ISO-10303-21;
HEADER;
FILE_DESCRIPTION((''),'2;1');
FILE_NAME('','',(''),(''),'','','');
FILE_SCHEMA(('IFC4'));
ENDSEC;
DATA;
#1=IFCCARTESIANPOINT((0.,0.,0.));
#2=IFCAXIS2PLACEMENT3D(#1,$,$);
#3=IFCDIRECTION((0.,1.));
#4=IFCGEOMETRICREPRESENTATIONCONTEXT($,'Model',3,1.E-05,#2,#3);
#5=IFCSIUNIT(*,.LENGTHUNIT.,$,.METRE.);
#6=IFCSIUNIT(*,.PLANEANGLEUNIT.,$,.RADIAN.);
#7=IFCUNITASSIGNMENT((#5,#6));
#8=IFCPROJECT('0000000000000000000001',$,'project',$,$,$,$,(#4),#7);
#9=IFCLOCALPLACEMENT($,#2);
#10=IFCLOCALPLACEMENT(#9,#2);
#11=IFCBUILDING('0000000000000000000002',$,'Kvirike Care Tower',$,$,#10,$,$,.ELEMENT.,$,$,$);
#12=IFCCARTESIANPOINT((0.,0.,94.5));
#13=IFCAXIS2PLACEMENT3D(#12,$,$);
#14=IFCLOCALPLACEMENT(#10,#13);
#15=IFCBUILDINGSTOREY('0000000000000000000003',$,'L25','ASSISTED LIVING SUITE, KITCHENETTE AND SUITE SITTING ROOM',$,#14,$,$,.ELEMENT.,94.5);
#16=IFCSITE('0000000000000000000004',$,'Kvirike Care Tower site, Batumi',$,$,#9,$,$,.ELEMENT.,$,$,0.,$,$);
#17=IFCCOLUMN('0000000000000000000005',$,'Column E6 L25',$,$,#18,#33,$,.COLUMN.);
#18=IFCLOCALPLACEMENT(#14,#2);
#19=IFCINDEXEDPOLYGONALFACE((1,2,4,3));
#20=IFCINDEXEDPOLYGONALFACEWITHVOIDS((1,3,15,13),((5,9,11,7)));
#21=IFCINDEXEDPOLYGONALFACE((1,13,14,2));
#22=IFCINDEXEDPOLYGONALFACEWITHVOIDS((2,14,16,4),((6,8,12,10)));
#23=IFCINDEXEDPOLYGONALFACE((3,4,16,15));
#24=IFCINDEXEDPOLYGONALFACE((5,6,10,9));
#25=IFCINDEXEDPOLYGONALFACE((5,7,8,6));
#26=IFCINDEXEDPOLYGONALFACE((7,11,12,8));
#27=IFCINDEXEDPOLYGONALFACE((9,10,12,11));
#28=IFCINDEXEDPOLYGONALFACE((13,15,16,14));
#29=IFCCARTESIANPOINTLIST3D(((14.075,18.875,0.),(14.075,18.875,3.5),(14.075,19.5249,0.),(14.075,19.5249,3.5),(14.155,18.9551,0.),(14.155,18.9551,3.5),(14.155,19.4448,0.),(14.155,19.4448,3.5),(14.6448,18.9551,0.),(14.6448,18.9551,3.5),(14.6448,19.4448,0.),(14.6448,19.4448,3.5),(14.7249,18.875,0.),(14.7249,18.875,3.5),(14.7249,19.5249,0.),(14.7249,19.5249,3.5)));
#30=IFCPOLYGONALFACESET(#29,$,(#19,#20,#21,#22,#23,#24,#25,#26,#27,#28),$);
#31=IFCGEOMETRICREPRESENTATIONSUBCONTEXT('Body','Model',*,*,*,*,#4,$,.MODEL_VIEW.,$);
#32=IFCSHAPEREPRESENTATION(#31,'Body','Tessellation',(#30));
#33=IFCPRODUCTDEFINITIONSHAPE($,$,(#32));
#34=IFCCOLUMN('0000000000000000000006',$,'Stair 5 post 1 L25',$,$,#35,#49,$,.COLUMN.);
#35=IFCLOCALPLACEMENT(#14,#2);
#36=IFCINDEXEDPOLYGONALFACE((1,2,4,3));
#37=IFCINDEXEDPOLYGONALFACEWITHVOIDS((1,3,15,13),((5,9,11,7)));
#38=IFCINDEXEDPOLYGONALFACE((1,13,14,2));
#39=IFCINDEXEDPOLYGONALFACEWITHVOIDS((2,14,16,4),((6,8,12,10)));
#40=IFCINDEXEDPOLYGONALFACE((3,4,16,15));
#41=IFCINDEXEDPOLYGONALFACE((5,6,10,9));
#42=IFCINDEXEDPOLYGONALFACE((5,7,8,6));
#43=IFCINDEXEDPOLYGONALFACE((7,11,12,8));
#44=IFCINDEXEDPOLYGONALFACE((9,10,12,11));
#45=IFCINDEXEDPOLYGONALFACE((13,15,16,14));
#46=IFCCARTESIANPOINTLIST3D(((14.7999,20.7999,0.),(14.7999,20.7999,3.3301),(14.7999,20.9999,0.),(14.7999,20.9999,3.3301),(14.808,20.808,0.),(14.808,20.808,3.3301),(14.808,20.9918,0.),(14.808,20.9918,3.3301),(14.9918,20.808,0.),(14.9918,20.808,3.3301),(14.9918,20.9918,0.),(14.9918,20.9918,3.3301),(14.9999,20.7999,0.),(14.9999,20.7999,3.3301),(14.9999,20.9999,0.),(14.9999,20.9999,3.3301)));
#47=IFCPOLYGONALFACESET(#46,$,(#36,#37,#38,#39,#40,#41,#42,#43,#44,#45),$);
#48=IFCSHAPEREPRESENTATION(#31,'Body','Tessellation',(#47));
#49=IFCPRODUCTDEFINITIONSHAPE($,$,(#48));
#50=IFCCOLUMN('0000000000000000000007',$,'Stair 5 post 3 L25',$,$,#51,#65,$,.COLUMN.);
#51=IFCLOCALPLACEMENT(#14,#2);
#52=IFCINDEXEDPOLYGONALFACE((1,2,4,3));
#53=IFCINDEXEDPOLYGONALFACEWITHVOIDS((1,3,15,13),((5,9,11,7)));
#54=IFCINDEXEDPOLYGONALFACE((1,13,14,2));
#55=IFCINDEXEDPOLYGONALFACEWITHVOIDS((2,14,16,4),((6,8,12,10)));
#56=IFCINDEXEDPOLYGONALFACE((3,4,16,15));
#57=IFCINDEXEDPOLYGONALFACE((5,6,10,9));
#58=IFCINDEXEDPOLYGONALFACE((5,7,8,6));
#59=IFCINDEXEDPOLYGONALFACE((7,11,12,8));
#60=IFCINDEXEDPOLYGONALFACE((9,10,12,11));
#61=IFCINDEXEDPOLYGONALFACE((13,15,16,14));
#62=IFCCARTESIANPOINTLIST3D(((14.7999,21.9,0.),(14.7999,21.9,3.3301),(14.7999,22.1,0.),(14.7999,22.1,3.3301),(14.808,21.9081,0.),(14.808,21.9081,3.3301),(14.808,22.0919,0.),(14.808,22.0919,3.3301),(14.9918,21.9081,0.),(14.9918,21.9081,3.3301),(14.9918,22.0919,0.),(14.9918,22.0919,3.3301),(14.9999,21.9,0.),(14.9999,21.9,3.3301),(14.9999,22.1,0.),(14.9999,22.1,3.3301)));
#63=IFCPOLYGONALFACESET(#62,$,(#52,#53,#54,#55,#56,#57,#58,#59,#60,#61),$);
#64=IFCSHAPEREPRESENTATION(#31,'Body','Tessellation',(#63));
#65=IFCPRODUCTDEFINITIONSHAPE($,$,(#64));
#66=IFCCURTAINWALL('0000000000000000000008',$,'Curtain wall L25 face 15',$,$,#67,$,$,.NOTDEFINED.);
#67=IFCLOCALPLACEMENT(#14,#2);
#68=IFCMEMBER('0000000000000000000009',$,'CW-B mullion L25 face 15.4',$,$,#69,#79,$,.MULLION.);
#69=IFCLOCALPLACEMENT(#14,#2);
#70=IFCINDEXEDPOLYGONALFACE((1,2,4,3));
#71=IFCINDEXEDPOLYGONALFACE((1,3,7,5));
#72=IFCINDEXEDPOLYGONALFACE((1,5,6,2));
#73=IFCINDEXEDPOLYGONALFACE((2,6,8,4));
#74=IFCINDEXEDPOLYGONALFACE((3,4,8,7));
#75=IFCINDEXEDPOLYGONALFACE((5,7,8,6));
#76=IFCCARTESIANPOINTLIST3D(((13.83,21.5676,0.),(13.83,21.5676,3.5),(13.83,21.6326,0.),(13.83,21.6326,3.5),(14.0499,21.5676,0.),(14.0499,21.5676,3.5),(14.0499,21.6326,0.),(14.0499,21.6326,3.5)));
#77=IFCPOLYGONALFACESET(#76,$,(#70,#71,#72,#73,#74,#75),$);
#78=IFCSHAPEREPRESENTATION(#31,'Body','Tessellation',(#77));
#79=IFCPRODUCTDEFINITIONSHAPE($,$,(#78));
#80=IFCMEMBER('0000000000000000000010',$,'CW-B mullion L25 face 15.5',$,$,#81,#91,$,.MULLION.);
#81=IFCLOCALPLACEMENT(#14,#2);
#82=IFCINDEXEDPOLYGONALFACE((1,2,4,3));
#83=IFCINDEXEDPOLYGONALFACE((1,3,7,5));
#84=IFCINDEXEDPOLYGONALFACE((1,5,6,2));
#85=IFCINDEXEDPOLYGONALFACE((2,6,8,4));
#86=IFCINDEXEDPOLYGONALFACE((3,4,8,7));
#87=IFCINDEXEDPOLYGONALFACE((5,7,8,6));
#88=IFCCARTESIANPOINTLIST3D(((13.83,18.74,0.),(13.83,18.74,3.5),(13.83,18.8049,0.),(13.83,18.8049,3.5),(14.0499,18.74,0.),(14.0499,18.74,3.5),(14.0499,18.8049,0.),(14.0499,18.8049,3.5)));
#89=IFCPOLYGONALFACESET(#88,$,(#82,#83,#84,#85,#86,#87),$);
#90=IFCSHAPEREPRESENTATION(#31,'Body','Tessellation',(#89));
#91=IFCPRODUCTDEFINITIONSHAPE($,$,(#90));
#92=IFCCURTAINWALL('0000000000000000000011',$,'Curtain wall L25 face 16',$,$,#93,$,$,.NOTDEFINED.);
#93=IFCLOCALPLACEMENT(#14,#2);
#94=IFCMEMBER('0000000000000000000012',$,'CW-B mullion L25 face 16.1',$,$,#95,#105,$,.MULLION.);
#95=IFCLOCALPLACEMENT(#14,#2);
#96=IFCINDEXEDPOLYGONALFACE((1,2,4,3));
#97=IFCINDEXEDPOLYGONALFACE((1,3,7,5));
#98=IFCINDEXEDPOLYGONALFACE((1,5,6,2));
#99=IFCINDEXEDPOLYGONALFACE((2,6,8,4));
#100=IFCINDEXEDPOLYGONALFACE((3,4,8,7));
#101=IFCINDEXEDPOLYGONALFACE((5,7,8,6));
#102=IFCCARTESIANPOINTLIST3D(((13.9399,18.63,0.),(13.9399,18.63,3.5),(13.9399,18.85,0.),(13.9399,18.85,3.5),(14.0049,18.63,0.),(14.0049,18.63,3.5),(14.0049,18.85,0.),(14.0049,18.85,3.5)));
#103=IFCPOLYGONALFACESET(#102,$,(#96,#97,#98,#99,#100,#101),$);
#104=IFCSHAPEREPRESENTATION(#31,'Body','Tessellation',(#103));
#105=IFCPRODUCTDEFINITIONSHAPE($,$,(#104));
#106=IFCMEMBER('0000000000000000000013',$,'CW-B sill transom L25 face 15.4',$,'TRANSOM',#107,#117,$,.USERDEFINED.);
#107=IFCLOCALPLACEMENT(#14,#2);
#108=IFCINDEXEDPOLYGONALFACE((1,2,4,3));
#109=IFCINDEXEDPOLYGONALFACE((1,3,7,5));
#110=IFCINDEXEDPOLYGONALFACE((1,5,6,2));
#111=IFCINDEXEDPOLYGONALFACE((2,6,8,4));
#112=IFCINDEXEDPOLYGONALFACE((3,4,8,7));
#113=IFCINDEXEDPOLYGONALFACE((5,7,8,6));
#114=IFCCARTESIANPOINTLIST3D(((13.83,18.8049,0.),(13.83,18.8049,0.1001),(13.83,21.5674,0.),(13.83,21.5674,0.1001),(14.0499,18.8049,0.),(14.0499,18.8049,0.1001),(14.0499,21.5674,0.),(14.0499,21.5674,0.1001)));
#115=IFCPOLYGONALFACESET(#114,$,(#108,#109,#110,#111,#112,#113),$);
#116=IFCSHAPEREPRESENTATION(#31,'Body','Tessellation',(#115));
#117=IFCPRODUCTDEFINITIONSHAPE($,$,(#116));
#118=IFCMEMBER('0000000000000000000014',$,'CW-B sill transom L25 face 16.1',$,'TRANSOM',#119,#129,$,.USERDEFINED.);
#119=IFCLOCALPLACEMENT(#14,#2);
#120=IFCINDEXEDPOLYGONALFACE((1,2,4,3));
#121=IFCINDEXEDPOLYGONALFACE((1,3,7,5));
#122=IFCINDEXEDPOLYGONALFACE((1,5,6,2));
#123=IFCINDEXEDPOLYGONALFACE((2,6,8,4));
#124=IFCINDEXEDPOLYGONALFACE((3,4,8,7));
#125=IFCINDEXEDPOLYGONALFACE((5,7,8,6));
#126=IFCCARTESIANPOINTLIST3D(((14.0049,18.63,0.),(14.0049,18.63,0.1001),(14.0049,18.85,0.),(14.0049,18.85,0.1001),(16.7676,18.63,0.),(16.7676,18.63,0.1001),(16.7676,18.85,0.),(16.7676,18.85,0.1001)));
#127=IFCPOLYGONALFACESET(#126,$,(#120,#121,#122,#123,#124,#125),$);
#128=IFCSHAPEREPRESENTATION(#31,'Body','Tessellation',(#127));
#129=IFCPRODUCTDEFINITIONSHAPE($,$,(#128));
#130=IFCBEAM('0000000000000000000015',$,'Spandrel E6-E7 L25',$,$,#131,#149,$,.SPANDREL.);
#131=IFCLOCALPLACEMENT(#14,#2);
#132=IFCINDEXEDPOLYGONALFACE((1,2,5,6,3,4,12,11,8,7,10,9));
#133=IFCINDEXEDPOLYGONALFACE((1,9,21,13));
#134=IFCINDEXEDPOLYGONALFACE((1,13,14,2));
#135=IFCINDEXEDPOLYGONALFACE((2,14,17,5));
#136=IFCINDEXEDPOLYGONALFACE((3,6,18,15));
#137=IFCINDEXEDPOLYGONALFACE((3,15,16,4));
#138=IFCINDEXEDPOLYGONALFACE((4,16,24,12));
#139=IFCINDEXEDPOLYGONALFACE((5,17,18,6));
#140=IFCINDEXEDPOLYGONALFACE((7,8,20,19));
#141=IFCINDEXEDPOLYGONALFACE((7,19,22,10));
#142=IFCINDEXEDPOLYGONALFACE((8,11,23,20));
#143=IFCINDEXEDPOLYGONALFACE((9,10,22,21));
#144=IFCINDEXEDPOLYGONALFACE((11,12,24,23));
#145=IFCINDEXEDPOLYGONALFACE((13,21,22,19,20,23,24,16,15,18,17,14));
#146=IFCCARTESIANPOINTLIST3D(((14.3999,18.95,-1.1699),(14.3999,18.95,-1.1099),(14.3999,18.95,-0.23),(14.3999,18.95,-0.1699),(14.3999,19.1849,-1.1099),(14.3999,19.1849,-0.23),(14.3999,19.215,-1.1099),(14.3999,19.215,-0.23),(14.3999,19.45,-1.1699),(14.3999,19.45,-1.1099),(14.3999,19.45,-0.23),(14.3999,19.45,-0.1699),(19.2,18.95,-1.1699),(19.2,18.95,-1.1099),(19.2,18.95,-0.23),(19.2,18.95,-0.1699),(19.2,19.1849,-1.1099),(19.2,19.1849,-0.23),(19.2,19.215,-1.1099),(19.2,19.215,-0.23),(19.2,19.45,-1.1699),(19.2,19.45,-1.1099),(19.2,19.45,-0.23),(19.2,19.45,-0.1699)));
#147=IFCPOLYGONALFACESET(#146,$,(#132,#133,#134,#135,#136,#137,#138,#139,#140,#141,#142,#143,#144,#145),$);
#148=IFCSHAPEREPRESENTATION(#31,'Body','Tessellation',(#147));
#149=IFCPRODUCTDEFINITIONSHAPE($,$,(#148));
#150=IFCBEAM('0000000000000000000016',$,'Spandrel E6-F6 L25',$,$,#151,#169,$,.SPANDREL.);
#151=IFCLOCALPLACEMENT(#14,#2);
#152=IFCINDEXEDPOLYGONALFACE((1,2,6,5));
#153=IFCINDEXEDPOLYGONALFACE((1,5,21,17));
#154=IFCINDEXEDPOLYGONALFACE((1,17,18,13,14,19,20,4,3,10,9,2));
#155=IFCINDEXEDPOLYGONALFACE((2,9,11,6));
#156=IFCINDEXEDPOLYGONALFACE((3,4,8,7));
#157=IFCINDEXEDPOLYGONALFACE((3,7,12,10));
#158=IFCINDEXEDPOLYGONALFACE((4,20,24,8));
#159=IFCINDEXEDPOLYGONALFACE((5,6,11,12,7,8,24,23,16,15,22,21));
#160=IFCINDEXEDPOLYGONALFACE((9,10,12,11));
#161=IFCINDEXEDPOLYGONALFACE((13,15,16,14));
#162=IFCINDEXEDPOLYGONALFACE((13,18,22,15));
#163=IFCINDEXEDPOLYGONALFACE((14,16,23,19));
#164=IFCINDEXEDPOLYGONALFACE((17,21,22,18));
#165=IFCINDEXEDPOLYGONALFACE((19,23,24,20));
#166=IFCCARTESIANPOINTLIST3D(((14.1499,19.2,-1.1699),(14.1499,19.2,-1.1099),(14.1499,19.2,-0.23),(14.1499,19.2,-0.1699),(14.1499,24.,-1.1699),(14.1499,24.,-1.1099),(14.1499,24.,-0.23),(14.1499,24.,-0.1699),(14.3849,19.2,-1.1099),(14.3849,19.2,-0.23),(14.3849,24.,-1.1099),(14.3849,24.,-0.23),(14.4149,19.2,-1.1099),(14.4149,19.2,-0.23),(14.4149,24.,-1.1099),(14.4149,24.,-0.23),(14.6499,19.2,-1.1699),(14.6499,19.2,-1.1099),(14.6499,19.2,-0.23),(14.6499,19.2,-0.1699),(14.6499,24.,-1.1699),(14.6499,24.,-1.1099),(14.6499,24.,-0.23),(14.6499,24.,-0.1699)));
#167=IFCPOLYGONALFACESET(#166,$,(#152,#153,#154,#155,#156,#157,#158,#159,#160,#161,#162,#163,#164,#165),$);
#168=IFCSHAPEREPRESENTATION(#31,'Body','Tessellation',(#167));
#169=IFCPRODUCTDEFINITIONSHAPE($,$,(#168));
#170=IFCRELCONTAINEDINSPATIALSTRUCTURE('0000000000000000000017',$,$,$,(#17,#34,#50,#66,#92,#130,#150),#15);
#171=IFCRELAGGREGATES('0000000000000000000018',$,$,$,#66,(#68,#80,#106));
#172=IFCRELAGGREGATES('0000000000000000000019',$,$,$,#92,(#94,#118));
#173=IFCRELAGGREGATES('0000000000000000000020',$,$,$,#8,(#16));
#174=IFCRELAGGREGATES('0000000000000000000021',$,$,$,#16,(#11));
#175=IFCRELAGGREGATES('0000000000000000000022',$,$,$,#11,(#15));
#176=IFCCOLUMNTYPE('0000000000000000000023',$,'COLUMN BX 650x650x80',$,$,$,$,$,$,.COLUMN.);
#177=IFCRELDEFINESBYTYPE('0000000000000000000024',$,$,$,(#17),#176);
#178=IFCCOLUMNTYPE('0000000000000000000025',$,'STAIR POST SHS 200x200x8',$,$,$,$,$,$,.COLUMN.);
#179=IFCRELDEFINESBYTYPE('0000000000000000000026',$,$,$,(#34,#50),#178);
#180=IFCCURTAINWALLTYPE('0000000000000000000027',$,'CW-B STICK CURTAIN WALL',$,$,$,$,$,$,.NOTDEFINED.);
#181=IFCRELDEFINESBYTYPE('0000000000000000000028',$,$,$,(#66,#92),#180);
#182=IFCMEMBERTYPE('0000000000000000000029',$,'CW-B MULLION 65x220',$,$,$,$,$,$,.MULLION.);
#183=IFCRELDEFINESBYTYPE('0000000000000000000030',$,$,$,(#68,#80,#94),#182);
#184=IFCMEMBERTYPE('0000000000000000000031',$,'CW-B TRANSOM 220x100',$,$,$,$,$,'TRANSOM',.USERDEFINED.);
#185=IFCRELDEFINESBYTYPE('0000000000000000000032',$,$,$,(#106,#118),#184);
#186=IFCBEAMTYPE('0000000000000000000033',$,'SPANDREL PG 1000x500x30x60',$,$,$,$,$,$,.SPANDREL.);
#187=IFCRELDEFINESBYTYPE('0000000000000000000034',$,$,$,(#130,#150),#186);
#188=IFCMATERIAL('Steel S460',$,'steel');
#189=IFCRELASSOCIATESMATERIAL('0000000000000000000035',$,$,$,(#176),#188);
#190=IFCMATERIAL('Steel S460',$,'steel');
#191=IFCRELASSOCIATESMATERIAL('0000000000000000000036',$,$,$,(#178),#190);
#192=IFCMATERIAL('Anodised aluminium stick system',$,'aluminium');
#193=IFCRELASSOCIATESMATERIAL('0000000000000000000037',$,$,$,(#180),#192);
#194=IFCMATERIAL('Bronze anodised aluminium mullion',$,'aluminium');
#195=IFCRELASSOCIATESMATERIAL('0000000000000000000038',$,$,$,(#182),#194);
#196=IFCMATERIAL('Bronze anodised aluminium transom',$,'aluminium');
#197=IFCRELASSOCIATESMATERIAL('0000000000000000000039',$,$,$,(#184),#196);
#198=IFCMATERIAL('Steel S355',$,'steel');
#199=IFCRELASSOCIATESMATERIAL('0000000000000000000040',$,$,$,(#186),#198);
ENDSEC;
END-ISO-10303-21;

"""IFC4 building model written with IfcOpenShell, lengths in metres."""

from ifc_helpers import new_model, si_unit, direction, frame, origin, origin_2d, place, context, subcontext, project, spatial, rectangle, hollow_rectangle, i_section, extrude, material, material_profile, profile_set, type_object, element, aggregate, save


model = new_model("IFC4")

# Units and contexts
model_context = context("Model", 3, precision=1e-05, world=origin(), true_north=direction((0.0, 1.0)))
body_context = subcontext(model_context, "Body", "Model", "MODEL_VIEW")
ifc_project = project(units=[si_unit("LENGTHUNIT", "METRE"), si_unit("PLANEANGLEUNIT", "RADIAN")], contexts=[model_context])

# Site, building, storey
site_placement = place(None, origin())
site = spatial("IfcSite", under=ifc_project, at=site_placement, Name="Kvirike Care Tower site, Batumi", CompositionType="ELEMENT", RefElevation=0.0)
building_placement = place(site_placement, origin())
building = spatial("IfcBuilding", under=site, at=building_placement, Name="Kvirike Care Tower", CompositionType="ELEMENT")
storey_placement = place(building_placement, frame((0.0, 0.0, 94.5)))
storey = spatial("IfcBuildingStorey", under=building, at=storey_placement, Name="L25", Description="ASSISTED LIVING SUITE, KITCHENETTE AND SUITE SITTING ROOM", CompositionType="ELEMENT", Elevation=94.5)

# Columns
ifc_material_1 = material(Name="Steel S460", Category="steel")
ifc_material_profile_1 = material_profile(ifc_material_1, hollow_rectangle(XDim=0.6499, YDim=0.6499, WallThickness=0.0801, at=origin_2d()), Name="BX 650x650x80")
ifc_profile_set_1 = profile_set([ifc_material_profile_1], Name="Steel S460")
column_type_1 = type_object("IfcColumnType", Name="COLUMN BX 650x650x80", PredefinedType="COLUMN", material=ifc_profile_set_1)
column_placement = place(storey_placement, frame((14.3999, 19.2, 0.0), z_axis=(0.0, 0.0, 1.0), x_axis=(0.0, 1.0, 0.0)))
element("IfcColumn", 1, at=column_placement, inside=storey, type_object=column_type_1, Name="Column E6 L25", PredefinedType="COLUMN", context=body_context, shape_type="SweptSolid", body=[
    extrude(hollow_rectangle(XDim=0.6499, YDim=0.6499, WallThickness=0.0801, at=origin_2d()), origin(), (0.0, 0.0, 1.0), 3.5),
])
ifc_material_2 = material(Name="Steel S460", Category="steel")
ifc_material_profile_2 = material_profile(ifc_material_2, hollow_rectangle(XDim=0.2, YDim=0.2, WallThickness=0.0081, at=origin_2d()), Name="SHS 200x200x8")
ifc_profile_set_2 = profile_set([ifc_material_profile_2], Name="Steel S460")
column_type_2 = type_object("IfcColumnType", Name="STAIR POST SHS 200x200x8", PredefinedType="COLUMN", material=ifc_profile_set_2)
for number, where, z_axis, x_axis, name in (
    (2, (14.8999, 20.8999, 0.0), (0.0, 0.0, 1.0), (1.0, 0.0, 0.0), "Stair 5 post 1 L25"),
    (3, (14.8999, 22.0, 0.0), (0.0, 0.0, 1.0), (1.0, 0.0, 0.0), "Stair 5 post 3 L25"),
):
    element("IfcColumn", number, at=place(storey_placement, frame(where, z_axis=z_axis, x_axis=x_axis)), inside=storey, type_object=column_type_2, Name=name, PredefinedType="COLUMN", context=body_context, shape_type="SweptSolid", body=[
        extrude(hollow_rectangle(XDim=0.2, YDim=0.2, WallThickness=0.0081, at=origin_2d()), origin(), (0.0, 0.0, 1.0), 3.3301),
    ])

# Curtain wall, members
ifc_material_3 = material(Name="Anodised aluminium stick system", Category="aluminium")
curtain_wall_type = type_object("IfcCurtainWallType", Name="CW-B STICK CURTAIN WALL", PredefinedType="NOTDEFINED", material=ifc_material_3)
curtain_wall_1_placement = place(storey_placement, origin())
curtain_wall_1 = element("IfcCurtainWall", 4, at=curtain_wall_1_placement, inside=storey, type_object=curtain_wall_type, Name="Curtain wall L25 face 15", PredefinedType="NOTDEFINED")
ifc_material_4 = material(Name="Bronze anodised aluminium mullion", Category="aluminium")
ifc_material_profile_3 = material_profile(ifc_material_4, rectangle(XDim=0.0649, YDim=0.22, at=origin_2d()), Name="CW-B MULLION 65x220")
ifc_profile_set_3 = profile_set([ifc_material_profile_3], Name="Bronze anodised aluminium mullion")
member_type_1 = type_object("IfcMemberType", Name="CW-B MULLION 65x220", PredefinedType="MULLION", material=ifc_profile_set_3)
member_1_placement = place(storey_placement, frame((13.9399, 21.6001, 0.0), z_axis=(0.0, 0.0, 1.0), x_axis=(0.0, -1.0, 0.0)))
member_1 = element("IfcMember", 5, at=member_1_placement, type_object=member_type_1, Name="CW-B mullion L25 face 15.4", PredefinedType="MULLION", context=body_context, shape_type="SweptSolid", body=[
    extrude(rectangle(XDim=0.0649, YDim=0.22, at=origin_2d()), origin(), (0.0, 0.0, 1.0), 3.5),
])
member_2_placement = place(storey_placement, frame((13.9399, 18.7725, 0.0), z_axis=(0.0, 0.0, 1.0), x_axis=(0.0, -1.0, 0.0)))
member_2 = element("IfcMember", 6, at=member_2_placement, type_object=member_type_1, Name="CW-B mullion L25 face 15.5", PredefinedType="MULLION", context=body_context, shape_type="SweptSolid", body=[
    extrude(rectangle(XDim=0.0649, YDim=0.22, at=origin_2d()), origin(), (0.0, 0.0, 1.0), 3.5),
])

# Curtain wall, member
curtain_wall_2_placement = place(storey_placement, origin())
curtain_wall_2 = element("IfcCurtainWall", 7, at=curtain_wall_2_placement, inside=storey, type_object=curtain_wall_type, Name="Curtain wall L25 face 16", PredefinedType="NOTDEFINED")
member_3_placement = place(storey_placement, frame((13.9724, 18.74, 0.0), z_axis=(0.0, 0.0, 1.0), x_axis=(1.0, 0.0, 0.0)))
member_3 = element("IfcMember", 8, at=member_3_placement, type_object=member_type_1, Name="CW-B mullion L25 face 16.1", PredefinedType="MULLION", context=body_context, shape_type="SweptSolid", body=[
    extrude(rectangle(XDim=0.0649, YDim=0.22, at=origin_2d()), origin(), (0.0, 0.0, 1.0), 3.5),
])

# Members
ifc_material_5 = material(Name="Bronze anodised aluminium transom", Category="aluminium")
ifc_material_profile_4 = material_profile(ifc_material_5, rectangle(XDim=0.22, YDim=0.1001, at=origin_2d()), Name="CW-B TRANSOM 220x100")
ifc_profile_set_4 = profile_set([ifc_material_profile_4], Name="Bronze anodised aluminium transom")
member_type_2 = type_object("IfcMemberType", Name="CW-B TRANSOM 220x100", ElementType="TRANSOM", PredefinedType="USERDEFINED", material=ifc_profile_set_4)
member_4_placement = place(storey_placement, frame((13.9399, 21.5674, 0.05), z_axis=(0.0, -1.0, 0.0), x_axis=(1.0, 0.0, 0.0)))
member_4 = element("IfcMember", 9, at=member_4_placement, type_object=member_type_2, Name="CW-B sill transom L25 face 15.4", ObjectType="TRANSOM", PredefinedType="USERDEFINED", context=body_context, shape_type="SweptSolid", body=[
    extrude(rectangle(XDim=0.22, YDim=0.1001, at=origin_2d()), origin(), (0.0, 0.0, 1.0), 2.7625),
])
member_5_placement = place(storey_placement, frame((14.0049, 18.74, 0.05), z_axis=(1.0, 0.0, 0.0), x_axis=(0.0, 1.0, 0.0)))
member_5 = element("IfcMember", 10, at=member_5_placement, type_object=member_type_2, Name="CW-B sill transom L25 face 16.1", ObjectType="TRANSOM", PredefinedType="USERDEFINED", context=body_context, shape_type="SweptSolid", body=[
    extrude(rectangle(XDim=0.22, YDim=0.1001, at=origin_2d()), origin(), (0.0, 0.0, 1.0), 2.7627),
])

# Beams
ifc_material_6 = material(Name="Steel S355", Category="steel")
ifc_material_profile_5 = material_profile(ifc_material_6, i_section(OverallWidth=0.5, OverallDepth=1.0, WebThickness=0.03, FlangeThickness=0.0601, at=origin_2d()), Name="PG 1000x500x30x60")
ifc_profile_set_5 = profile_set([ifc_material_profile_5], Name="Steel S355")
beam_type_1 = type_object("IfcBeamType", Name="SPANDREL PG 1000x500x30x60", PredefinedType="SPANDREL", material=ifc_profile_set_5)
for number, where, z_axis, x_axis, name in (
    (11, (14.3999, 19.2, -0.6699), (1.0, 0.0, 0.0), (0.0, 1.0, 0.0), "Spandrel E6-E7 L25"),
    (12, (14.3999, 19.2, -0.6699), (0.0, 1.0, 0.0), (-1.0, 0.0, 0.0), "Spandrel E6-F6 L25"),
):
    element("IfcBeam", number, at=place(storey_placement, frame(where, z_axis=z_axis, x_axis=x_axis)), inside=storey, type_object=beam_type_1, Name=name, PredefinedType="SPANDREL", context=body_context, shape_type="SweptSolid", body=[
        extrude(i_section(OverallWidth=0.5, OverallDepth=1.0, WebThickness=0.03, FlangeThickness=0.0601, at=origin_2d()), origin(), (0.0, 0.0, 1.0), 4.8),
    ])

aggregate(curtain_wall_1, [member_1, member_2, member_4])
aggregate(curtain_wall_2, [member_3, member_5])

save(model, "model.ifc")
